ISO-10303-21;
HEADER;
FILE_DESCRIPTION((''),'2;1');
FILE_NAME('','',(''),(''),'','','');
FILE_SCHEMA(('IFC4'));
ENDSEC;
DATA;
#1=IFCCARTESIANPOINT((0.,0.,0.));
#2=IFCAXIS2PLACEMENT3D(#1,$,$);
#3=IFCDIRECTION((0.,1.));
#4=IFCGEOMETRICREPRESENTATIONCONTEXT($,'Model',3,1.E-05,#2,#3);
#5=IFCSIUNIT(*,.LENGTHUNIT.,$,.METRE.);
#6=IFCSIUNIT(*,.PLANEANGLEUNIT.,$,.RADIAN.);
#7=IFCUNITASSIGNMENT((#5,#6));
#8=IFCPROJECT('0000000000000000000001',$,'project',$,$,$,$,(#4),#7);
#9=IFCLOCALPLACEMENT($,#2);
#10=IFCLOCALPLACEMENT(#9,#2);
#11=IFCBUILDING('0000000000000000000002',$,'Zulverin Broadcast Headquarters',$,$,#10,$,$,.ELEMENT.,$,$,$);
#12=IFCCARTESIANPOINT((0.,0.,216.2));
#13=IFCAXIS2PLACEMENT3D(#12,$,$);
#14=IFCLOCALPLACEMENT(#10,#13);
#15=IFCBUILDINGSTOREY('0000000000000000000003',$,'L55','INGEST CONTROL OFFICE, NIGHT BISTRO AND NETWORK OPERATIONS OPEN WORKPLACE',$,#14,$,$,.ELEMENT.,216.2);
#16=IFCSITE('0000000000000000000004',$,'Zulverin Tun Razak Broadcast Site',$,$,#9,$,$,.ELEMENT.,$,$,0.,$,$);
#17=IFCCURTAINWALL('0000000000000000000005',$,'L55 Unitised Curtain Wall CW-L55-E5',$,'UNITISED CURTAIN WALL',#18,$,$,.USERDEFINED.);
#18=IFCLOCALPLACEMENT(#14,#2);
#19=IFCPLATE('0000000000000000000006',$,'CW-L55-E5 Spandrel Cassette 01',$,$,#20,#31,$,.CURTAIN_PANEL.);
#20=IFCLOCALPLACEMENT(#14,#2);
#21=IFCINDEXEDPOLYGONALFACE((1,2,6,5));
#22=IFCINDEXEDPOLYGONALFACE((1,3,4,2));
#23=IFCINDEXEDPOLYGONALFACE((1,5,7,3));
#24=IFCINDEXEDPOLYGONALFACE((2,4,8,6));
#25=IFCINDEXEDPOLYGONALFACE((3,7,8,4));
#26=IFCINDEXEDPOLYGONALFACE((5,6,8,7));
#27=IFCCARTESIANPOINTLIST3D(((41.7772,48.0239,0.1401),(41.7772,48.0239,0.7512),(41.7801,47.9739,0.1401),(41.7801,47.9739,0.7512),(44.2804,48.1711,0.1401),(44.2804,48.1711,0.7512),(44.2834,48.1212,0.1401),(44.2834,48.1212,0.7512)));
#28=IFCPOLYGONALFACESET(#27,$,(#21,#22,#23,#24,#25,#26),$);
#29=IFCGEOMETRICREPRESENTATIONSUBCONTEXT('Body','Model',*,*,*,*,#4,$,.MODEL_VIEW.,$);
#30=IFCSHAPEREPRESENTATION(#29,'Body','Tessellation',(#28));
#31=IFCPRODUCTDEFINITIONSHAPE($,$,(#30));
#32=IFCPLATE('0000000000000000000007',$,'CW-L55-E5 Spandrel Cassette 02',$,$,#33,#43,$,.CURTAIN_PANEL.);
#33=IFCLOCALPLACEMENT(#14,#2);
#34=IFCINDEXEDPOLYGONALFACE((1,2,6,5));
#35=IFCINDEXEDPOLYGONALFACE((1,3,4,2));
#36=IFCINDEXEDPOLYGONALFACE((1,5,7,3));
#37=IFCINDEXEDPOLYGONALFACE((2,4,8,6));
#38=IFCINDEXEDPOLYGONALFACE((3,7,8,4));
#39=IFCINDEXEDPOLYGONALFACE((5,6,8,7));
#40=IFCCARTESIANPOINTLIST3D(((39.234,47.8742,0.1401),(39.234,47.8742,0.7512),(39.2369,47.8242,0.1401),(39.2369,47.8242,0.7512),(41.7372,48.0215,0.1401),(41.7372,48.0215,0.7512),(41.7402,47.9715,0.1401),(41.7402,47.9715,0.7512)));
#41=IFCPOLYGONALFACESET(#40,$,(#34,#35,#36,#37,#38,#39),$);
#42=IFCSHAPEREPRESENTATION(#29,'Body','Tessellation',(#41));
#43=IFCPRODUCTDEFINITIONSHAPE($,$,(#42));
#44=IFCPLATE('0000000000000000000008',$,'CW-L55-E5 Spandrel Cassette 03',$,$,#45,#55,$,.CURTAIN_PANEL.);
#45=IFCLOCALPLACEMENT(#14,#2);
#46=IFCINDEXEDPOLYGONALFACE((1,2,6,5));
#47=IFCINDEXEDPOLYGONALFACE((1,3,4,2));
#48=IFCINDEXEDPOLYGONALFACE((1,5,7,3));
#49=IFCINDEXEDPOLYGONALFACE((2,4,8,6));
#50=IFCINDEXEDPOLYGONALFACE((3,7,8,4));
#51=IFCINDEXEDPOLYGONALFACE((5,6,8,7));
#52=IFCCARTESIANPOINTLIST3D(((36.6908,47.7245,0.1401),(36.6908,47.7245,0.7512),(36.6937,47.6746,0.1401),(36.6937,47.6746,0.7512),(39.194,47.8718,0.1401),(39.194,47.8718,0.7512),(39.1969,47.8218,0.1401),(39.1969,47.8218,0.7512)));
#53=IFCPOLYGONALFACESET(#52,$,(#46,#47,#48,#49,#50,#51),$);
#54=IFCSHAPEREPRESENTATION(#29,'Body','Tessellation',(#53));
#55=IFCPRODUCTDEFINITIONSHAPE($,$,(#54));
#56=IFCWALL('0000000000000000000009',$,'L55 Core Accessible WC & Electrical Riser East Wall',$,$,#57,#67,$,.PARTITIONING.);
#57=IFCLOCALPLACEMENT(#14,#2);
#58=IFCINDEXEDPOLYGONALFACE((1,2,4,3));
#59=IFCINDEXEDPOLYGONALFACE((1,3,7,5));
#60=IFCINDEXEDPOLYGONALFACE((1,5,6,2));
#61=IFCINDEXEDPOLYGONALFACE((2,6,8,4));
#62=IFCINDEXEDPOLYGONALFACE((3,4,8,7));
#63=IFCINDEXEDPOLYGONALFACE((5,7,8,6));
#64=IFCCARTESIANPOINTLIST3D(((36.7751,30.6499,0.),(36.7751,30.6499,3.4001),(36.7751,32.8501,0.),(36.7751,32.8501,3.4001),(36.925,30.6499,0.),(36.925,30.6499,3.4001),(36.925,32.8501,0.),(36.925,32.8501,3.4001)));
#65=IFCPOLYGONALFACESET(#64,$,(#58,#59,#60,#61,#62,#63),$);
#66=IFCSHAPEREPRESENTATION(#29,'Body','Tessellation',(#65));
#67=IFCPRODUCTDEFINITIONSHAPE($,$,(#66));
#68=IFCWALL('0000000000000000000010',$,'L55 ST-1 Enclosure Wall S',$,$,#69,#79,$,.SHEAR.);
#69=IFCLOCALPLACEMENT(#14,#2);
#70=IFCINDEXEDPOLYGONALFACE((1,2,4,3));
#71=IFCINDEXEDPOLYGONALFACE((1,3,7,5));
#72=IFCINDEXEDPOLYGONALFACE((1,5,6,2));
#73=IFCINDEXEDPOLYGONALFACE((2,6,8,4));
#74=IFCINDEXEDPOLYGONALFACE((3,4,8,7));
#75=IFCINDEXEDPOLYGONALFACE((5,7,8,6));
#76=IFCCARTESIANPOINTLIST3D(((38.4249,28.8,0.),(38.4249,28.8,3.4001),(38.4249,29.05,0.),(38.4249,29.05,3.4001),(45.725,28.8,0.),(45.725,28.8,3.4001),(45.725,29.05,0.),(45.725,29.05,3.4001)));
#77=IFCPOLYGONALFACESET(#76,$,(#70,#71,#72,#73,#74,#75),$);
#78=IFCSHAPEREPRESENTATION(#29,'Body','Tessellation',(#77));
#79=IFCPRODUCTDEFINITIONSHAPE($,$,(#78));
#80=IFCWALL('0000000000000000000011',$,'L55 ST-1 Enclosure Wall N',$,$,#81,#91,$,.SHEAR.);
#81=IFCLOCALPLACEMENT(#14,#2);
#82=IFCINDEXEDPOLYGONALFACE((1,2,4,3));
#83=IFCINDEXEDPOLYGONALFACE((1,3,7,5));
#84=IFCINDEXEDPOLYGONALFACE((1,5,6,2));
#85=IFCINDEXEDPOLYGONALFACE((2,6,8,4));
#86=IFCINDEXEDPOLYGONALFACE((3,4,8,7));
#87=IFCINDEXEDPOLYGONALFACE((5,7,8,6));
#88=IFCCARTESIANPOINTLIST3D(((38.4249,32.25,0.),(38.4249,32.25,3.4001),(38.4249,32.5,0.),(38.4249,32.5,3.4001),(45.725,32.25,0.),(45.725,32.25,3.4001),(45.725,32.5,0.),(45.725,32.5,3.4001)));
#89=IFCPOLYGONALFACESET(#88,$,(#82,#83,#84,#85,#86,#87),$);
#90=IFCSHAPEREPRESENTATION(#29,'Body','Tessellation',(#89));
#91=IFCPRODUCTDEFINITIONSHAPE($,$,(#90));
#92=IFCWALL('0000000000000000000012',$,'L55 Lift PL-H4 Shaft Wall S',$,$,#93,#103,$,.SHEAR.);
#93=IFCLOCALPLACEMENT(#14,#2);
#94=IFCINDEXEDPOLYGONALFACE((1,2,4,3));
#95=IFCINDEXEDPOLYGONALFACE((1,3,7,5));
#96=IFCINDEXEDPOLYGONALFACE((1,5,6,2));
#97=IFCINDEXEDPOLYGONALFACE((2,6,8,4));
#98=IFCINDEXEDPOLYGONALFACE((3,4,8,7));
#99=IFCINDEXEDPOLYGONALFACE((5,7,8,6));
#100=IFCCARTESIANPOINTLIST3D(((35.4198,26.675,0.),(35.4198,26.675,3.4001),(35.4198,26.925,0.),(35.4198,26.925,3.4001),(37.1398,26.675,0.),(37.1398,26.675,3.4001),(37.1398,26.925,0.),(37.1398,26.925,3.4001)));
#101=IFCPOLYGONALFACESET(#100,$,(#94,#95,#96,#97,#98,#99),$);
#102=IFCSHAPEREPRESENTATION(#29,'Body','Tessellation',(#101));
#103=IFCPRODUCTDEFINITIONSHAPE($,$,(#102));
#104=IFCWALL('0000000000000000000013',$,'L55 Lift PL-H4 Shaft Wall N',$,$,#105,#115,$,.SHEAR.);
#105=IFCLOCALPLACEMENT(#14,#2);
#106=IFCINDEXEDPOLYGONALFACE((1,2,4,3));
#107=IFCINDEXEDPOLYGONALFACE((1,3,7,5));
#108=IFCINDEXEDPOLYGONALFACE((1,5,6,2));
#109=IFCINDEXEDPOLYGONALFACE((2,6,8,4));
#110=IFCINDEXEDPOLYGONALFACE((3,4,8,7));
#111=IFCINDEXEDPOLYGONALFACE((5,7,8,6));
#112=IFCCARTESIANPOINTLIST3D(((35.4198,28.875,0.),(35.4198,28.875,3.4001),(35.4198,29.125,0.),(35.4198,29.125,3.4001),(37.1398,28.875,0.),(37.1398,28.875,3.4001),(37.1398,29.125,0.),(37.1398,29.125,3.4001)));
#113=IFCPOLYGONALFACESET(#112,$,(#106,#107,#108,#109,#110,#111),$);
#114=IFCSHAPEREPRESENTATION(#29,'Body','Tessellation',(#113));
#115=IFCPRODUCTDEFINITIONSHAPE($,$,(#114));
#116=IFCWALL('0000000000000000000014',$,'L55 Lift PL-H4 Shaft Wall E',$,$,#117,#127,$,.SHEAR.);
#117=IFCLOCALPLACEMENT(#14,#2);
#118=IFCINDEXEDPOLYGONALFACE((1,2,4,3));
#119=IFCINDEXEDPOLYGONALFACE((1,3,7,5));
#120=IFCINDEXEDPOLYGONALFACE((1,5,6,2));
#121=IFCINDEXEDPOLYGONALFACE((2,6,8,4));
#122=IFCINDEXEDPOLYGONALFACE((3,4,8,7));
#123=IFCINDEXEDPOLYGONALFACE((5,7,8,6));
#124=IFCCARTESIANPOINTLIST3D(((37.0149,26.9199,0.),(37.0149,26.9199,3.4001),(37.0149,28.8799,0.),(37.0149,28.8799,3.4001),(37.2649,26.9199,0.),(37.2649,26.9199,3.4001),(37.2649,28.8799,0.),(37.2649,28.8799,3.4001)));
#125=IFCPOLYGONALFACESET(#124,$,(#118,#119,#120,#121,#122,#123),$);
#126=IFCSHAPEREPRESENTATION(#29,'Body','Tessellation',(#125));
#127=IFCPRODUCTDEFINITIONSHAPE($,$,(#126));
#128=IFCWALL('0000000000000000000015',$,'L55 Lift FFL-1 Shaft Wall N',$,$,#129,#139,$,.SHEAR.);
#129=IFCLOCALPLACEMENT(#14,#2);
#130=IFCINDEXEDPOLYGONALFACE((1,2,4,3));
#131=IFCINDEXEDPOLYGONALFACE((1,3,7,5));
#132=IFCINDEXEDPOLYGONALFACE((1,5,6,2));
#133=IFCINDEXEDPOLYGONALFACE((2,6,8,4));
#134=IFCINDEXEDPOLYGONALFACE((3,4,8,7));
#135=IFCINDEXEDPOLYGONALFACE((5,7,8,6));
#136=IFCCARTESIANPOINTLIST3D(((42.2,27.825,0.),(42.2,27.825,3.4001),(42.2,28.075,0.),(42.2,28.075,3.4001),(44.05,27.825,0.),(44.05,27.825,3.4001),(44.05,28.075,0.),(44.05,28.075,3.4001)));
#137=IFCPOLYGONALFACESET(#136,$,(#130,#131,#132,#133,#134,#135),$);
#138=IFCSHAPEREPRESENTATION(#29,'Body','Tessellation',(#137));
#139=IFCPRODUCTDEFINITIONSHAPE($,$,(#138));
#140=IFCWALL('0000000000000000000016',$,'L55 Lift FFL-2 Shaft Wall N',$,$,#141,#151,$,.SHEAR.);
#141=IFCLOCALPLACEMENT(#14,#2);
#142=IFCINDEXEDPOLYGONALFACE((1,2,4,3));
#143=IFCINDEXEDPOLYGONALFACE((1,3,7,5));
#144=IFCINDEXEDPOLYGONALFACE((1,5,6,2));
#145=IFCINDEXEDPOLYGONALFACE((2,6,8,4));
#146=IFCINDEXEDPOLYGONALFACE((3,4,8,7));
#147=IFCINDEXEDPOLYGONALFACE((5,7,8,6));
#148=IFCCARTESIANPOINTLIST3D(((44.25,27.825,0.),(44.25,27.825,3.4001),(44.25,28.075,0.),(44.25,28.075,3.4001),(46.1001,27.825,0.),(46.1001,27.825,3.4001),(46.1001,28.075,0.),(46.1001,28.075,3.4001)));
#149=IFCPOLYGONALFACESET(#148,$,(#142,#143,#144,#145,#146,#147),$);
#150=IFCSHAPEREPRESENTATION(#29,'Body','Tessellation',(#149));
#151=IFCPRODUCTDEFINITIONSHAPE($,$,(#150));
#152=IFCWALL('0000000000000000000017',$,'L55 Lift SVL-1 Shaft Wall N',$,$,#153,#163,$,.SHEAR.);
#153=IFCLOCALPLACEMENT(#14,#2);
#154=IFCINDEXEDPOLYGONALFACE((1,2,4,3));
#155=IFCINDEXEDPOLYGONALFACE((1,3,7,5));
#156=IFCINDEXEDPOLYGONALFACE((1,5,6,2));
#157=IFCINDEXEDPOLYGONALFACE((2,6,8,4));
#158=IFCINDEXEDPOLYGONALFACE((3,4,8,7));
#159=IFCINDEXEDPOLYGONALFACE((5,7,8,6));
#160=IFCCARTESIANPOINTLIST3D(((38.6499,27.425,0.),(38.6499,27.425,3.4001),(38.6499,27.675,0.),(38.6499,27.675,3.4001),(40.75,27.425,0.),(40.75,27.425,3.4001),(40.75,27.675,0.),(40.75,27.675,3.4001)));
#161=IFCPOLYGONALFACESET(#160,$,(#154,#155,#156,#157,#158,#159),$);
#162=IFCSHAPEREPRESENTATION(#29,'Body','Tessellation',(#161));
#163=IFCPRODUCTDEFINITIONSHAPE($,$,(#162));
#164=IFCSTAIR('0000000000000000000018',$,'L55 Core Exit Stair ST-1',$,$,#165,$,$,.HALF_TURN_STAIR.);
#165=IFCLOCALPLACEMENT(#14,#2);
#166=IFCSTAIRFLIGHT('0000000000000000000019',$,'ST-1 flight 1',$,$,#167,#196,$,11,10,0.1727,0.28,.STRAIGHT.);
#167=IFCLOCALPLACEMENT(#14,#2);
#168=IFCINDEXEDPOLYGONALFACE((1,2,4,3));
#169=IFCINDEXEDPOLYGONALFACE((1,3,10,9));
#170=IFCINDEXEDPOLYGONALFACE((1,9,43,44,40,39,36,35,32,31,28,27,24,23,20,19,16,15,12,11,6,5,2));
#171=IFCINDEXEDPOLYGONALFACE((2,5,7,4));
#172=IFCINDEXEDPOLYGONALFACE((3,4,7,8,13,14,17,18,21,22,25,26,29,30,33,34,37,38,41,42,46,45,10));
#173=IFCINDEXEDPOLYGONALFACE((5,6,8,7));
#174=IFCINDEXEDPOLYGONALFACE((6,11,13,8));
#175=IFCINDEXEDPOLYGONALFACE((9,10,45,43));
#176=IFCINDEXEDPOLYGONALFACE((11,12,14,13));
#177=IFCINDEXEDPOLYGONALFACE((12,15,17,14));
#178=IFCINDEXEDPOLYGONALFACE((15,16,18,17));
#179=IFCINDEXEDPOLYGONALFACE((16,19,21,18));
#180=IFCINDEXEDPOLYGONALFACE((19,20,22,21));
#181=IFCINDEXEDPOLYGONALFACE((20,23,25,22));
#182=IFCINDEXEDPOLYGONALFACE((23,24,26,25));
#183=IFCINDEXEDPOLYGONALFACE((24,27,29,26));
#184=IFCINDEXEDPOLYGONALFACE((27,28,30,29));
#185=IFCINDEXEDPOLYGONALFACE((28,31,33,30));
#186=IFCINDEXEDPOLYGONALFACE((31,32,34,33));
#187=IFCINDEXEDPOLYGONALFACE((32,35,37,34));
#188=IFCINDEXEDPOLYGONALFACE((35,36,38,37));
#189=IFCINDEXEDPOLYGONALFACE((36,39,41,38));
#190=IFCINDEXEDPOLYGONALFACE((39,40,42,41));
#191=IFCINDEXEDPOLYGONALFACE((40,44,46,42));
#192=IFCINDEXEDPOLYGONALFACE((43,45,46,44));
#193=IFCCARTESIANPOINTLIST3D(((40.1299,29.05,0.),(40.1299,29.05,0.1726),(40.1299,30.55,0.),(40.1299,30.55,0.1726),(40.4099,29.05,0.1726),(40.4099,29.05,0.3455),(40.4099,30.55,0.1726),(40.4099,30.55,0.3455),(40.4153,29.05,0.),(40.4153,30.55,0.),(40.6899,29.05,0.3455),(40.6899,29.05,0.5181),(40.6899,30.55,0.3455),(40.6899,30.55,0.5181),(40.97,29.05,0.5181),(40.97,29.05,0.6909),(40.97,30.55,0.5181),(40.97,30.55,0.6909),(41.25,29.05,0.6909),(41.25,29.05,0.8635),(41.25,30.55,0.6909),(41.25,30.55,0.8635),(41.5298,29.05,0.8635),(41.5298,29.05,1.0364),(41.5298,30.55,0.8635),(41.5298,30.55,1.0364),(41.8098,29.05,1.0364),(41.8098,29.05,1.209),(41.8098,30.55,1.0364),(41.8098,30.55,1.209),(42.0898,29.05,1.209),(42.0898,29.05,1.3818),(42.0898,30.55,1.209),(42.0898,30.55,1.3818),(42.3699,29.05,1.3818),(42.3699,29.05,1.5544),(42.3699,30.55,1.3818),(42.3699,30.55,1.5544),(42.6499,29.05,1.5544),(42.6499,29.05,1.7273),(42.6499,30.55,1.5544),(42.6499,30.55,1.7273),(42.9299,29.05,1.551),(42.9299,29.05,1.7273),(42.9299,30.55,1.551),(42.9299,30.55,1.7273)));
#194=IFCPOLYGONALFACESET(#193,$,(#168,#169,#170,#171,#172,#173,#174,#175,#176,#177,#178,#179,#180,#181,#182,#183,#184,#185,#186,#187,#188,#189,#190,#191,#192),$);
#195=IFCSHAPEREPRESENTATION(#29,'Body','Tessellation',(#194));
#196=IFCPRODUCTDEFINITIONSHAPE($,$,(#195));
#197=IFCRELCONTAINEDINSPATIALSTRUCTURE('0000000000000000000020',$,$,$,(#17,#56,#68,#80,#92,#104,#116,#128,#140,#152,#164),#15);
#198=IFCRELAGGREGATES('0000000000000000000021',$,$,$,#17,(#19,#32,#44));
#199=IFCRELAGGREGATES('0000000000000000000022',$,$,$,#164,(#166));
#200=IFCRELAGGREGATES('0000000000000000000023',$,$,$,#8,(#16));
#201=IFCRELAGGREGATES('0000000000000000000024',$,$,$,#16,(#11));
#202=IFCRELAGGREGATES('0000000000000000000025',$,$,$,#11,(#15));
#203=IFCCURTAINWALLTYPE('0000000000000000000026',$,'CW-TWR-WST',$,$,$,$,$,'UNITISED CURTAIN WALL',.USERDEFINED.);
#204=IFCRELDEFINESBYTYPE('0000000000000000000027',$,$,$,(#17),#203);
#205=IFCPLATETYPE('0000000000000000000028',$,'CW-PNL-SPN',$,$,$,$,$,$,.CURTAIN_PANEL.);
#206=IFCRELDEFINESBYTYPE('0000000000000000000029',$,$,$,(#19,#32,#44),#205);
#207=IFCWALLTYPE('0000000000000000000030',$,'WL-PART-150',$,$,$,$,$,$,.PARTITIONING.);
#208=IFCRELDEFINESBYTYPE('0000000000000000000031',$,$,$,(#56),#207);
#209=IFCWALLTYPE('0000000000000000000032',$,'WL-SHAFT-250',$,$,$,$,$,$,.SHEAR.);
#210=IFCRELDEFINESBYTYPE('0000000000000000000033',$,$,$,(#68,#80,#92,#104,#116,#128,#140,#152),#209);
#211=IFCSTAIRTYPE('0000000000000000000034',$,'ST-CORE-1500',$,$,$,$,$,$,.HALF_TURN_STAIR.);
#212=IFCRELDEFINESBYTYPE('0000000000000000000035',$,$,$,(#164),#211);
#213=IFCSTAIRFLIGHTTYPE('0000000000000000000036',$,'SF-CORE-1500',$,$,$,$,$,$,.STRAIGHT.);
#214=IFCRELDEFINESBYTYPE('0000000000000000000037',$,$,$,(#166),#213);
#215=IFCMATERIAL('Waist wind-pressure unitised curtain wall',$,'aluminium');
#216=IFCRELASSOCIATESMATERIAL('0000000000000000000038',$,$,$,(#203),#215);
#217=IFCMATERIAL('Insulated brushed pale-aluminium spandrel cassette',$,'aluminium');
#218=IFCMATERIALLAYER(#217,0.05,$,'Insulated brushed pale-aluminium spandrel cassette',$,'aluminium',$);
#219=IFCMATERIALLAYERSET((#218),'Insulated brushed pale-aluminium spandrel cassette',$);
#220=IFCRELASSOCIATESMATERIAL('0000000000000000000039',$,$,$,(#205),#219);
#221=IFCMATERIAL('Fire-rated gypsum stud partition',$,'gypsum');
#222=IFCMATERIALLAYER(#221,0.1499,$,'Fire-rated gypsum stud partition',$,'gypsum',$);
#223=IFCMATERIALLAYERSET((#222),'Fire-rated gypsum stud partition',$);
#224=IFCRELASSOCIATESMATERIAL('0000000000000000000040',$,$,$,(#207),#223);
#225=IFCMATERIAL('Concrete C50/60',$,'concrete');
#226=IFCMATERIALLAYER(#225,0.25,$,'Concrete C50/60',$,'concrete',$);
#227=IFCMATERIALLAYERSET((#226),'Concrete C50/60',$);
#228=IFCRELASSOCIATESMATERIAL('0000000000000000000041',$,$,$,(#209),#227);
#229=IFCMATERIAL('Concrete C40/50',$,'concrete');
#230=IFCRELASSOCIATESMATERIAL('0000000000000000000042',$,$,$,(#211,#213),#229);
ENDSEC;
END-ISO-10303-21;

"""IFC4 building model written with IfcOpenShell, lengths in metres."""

from ifc_helpers import new_model, si_unit, direction, frame, frame_2d, origin, origin_2d, place, context, subcontext, project, spatial, polyline, rectangle, outline, extrude, material, layer, layer_set, type_object, element, aggregate, save


model = new_model("IFC4")

# Units and contexts
model_context = context("Model", 3, precision=1e-05, world=origin(), true_north=direction((0.0, 1.0)))
body_context = subcontext(model_context, "Body", "Model", "MODEL_VIEW")
ifc_project = project(units=[si_unit("LENGTHUNIT", "METRE"), si_unit("PLANEANGLEUNIT", "RADIAN")], contexts=[model_context])

# Site, building, storey
site_placement = place(None, origin())
site = spatial("IfcSite", under=ifc_project, at=site_placement, Name="Zulverin Tun Razak Broadcast Site", CompositionType="ELEMENT", RefElevation=0.0)
building_placement = place(site_placement, origin())
building = spatial("IfcBuilding", under=site, at=building_placement, Name="Zulverin Broadcast Headquarters", CompositionType="ELEMENT")
storey_placement = place(building_placement, frame((0.0, 0.0, 216.2)))
storey = spatial("IfcBuildingStorey", under=building, at=storey_placement, Name="L55", Description="INGEST CONTROL OFFICE, NIGHT BISTRO AND NETWORK OPERATIONS OPEN WORKPLACE", CompositionType="ELEMENT", Elevation=216.2)

# Shared definitions
ifc_material_1 = material(Name="Concrete C50/60", Category="concrete")

# Curtain wall, plates
ifc_material_2 = material(Name="Waist wind-pressure unitised curtain wall", Category="aluminium")
curtain_wall_type = type_object("IfcCurtainWallType", Name="CW-TWR-WST", ElementType="UNITISED CURTAIN WALL", PredefinedType="USERDEFINED", material=ifc_material_2)
curtain_wall_placement = place(storey_placement, origin())
curtain_wall = element("IfcCurtainWall", 1, at=curtain_wall_placement, inside=storey, type_object=curtain_wall_type, Name="L55 Unitised Curtain Wall CW-L55-E5", ObjectType="UNITISED CURTAIN WALL", PredefinedType="USERDEFINED")
ifc_material_3 = material(Name="Insulated brushed pale-aluminium spandrel cassette", Category="aluminium")
ifc_layer_1 = layer(ifc_material_3, 0.05, Name="Insulated brushed pale-aluminium spandrel cassette", Category="aluminium")
ifc_layer_set_1 = layer_set([ifc_layer_1], Name="Insulated brushed pale-aluminium spandrel cassette")
plate_type_1 = type_object("IfcPlateType", Name="CW-PNL-SPN", PredefinedType="CURTAIN_PANEL", material=ifc_layer_set_1)
plate_1_placement = place(storey_placement, frame((43.0303, 48.0725, 0.1401), z_axis=(0.0, 0.0, 1.0), x_axis=(-0.998274, -0.058723, 0.0)))
plate_1 = element("IfcPlate", 2, at=plate_1_placement, type_object=plate_type_1, Name="CW-L55-E5 Spandrel Cassette 01", PredefinedType="CURTAIN_PANEL", context=body_context, shape_type="SweptSolid", body=[
    extrude(rectangle(XDim=2.5076, YDim=0.05, at=origin_2d()), origin(), (0.0, 0.0, 1.0), 0.6111),
])
plate_2_placement = place(storey_placement, frame((40.4871, 47.9229, 0.1401), z_axis=(0.0, 0.0, 1.0), x_axis=(-0.998274, -0.058723, 0.0)))
plate_2 = element("IfcPlate", 3, at=plate_2_placement, type_object=plate_type_1, Name="CW-L55-E5 Spandrel Cassette 02", PredefinedType="CURTAIN_PANEL", context=body_context, shape_type="SweptSolid", body=[
    extrude(rectangle(XDim=2.5076, YDim=0.05, at=origin_2d()), origin(), (0.0, 0.0, 1.0), 0.6111),
])
plate_3_placement = place(storey_placement, frame((37.9438, 47.7732, 0.1401), z_axis=(0.0, 0.0, 1.0), x_axis=(-0.998274, -0.058723, 0.0)))
plate_3 = element("IfcPlate", 4, at=plate_3_placement, type_object=plate_type_1, Name="CW-L55-E5 Spandrel Cassette 03", PredefinedType="CURTAIN_PANEL", context=body_context, shape_type="SweptSolid", body=[
    extrude(rectangle(XDim=2.5076, YDim=0.05, at=origin_2d()), origin(), (0.0, 0.0, 1.0), 0.6111),
])
aggregate(curtain_wall, [plate_1, plate_2, plate_3])

# Walls
ifc_material_4 = material(Name="Fire-rated gypsum stud partition", Category="gypsum")
ifc_layer_2 = layer(ifc_material_4, 0.1499, Name="Fire-rated gypsum stud partition", Category="gypsum")
ifc_layer_set_2 = layer_set([ifc_layer_2], Name="Fire-rated gypsum stud partition")
wall_type_1 = type_object("IfcWallType", Name="WL-PART-150", PredefinedType="PARTITIONING", material=ifc_layer_set_2)
wall_1_placement = place(storey_placement, frame((36.8501, 30.6499, 0.0), z_axis=(0.0, 0.0, 1.0), x_axis=(0.0, 1.0, 0.0)))
element("IfcWall", 5, at=wall_1_placement, inside=storey, type_object=wall_type_1, Name="L55 Core Accessible WC & Electrical Riser East Wall", PredefinedType="PARTITIONING", context=body_context, shape_type="SweptSolid", body=[
    extrude(rectangle(XDim=2.2002, YDim=0.1499, at=frame_2d((1.1001, 0.0))), origin(), (0.0, 0.0, 1.0), 3.4001),
])
ifc_layer_3 = layer(ifc_material_1, 0.25, Name="Concrete C50/60", Category="concrete")
ifc_layer_set_3 = layer_set([ifc_layer_3], Name="Concrete C50/60")
wall_type_2 = type_object("IfcWallType", Name="WL-SHAFT-250", PredefinedType="SHEAR", material=ifc_layer_set_3)
for number, where, z_axis, x_axis, name in (
    (6, (38.425, 28.925, 0.0), (0.0, 0.0, 1.0), (1.0, 0.0, 0.0), "L55 ST-1 Enclosure Wall S"),
    (7, (38.425, 32.375, 0.0), (0.0, 0.0, 1.0), (1.0, 0.0, 0.0), "L55 ST-1 Enclosure Wall N"),
):
    element("IfcWall", number, at=place(storey_placement, frame(where, z_axis=z_axis, x_axis=x_axis)), inside=storey, type_object=wall_type_2, Name=name, PredefinedType="SHEAR", context=body_context, shape_type="SweptSolid", body=[
        extrude(rectangle(XDim=7.3, YDim=0.25, at=frame_2d((3.6499, 0.0))), origin(), (0.0, 0.0, 1.0), 3.4001),
    ])

# Walls
for number, where, z_axis, x_axis, name in (
    (8, (35.4199, 26.8, 0.0), (0.0, 0.0, 1.0), (1.0, 0.0, 0.0), "L55 Lift PL-H4 Shaft Wall S"),
    (9, (35.4199, 29.0, 0.0), (0.0, 0.0, 1.0), (1.0, 0.0, 0.0), "L55 Lift PL-H4 Shaft Wall N"),
):
    element("IfcWall", number, at=place(storey_placement, frame(where, z_axis=z_axis, x_axis=x_axis)), inside=storey, type_object=wall_type_2, Name=name, PredefinedType="SHEAR", context=body_context, shape_type="SweptSolid", body=[
        extrude(rectangle(XDim=1.72, YDim=0.25, at=frame_2d((0.8599, 0.0))), origin(), (0.0, 0.0, 1.0), 3.4001),
    ])
wall_2_placement = place(storey_placement, frame((37.1399, 26.9199, 0.0), z_axis=(0.0, 0.0, 1.0), x_axis=(0.0, 1.0, 0.0)))
element("IfcWall", 10, at=wall_2_placement, inside=storey, type_object=wall_type_2, Name="L55 Lift PL-H4 Shaft Wall E", PredefinedType="SHEAR", context=body_context, shape_type="SweptSolid", body=[
    extrude(rectangle(XDim=1.96, YDim=0.25, at=frame_2d((0.98, 0.0))), origin(), (0.0, 0.0, 1.0), 3.4001),
])
for number, where, z_axis, x_axis, name in (
    (11, (42.2, 27.95, 0.0), (0.0, 0.0, 1.0), (1.0, 0.0, 0.0), "L55 Lift FFL-1 Shaft Wall N"),
    (12, (44.25, 27.95, 0.0), (0.0, 0.0, 1.0), (1.0, 0.0, 0.0), "L55 Lift FFL-2 Shaft Wall N"),
):
    element("IfcWall", number, at=place(storey_placement, frame(where, z_axis=z_axis, x_axis=x_axis)), inside=storey, type_object=wall_type_2, Name=name, PredefinedType="SHEAR", context=body_context, shape_type="SweptSolid", body=[
        extrude(rectangle(XDim=1.8501, YDim=0.25, at=frame_2d((0.925, 0.0))), origin(), (0.0, 0.0, 1.0), 3.4001),
    ])
wall_3_placement = place(storey_placement, frame((38.6499, 27.55, 0.0), z_axis=(0.0, 0.0, 1.0), x_axis=(1.0, 0.0, 0.0)))
element("IfcWall", 13, at=wall_3_placement, inside=storey, type_object=wall_type_2, Name="L55 Lift SVL-1 Shaft Wall N", PredefinedType="SHEAR", context=body_context, shape_type="SweptSolid", body=[
    extrude(rectangle(XDim=2.1001, YDim=0.25, at=frame_2d((1.05, 0.0))), origin(), (0.0, 0.0, 1.0), 3.4001),
])

# Stair, stair flight
ifc_material_5 = material(Name="Concrete C40/50", Category="concrete")
stair_type = type_object("IfcStairType", Name="ST-CORE-1500", PredefinedType="HALF_TURN_STAIR", material=ifc_material_5)
stair_placement = place(storey_placement, origin())
stair = element("IfcStair", 14, at=stair_placement, inside=storey, type_object=stair_type, Name="L55 Core Exit Stair ST-1", PredefinedType="HALF_TURN_STAIR")
stair_flight_type = type_object("IfcStairFlightType", Name="SF-CORE-1500", PredefinedType="STRAIGHT", material=ifc_material_5)
stair_flight_1_placement = place(storey_placement, frame((40.1299, 29.8, 0.0), z_axis=(0.0, 0.0, 1.0), x_axis=(1.0, 0.0, 0.0)))
stair_flight_1 = element("IfcStairFlight", 15, at=stair_flight_1_placement, type_object=stair_flight_type, Name="ST-1 flight 1", NumberOfRisers=11, NumberOfTreads=10, PredefinedType="STRAIGHT", RiserHeight=0.1727, TreadLength=0.28, context=body_context, shape_type="SweptSolid", body=[
    extrude(outline(polyline([(0.0, 0.0), (0.0, 0.1726), (0.28, 0.1726), (0.28, 0.3455), (0.5601, 0.3455), (0.5601, 0.5181), (0.8401, 0.5181), (0.8401, 0.6909), (1.1201, 0.6909), (1.1201, 0.8635), (1.3999, 0.8635), (1.3999, 1.0364), (1.6799, 1.0364), (1.6799, 1.209), (1.96, 1.209), (1.96, 1.3818), (2.24, 1.3818), (2.24, 1.5544), (2.52, 1.5544), (2.52, 1.7273), (2.8, 1.7273), (2.8, 1.8999), (2.8, 1.551), (0.2854, 0.0), (0.0, 0.0)])), frame((0.0, 0.75, 0.0), z_axis=(0.0, -1.0, 0.0), x_axis=(1.0, 0.0, 0.0)), (0.0, 0.0, 1.0), 1.5),
])
aggregate(stair, [stair_flight_1])

save(model, "model.ifc")
